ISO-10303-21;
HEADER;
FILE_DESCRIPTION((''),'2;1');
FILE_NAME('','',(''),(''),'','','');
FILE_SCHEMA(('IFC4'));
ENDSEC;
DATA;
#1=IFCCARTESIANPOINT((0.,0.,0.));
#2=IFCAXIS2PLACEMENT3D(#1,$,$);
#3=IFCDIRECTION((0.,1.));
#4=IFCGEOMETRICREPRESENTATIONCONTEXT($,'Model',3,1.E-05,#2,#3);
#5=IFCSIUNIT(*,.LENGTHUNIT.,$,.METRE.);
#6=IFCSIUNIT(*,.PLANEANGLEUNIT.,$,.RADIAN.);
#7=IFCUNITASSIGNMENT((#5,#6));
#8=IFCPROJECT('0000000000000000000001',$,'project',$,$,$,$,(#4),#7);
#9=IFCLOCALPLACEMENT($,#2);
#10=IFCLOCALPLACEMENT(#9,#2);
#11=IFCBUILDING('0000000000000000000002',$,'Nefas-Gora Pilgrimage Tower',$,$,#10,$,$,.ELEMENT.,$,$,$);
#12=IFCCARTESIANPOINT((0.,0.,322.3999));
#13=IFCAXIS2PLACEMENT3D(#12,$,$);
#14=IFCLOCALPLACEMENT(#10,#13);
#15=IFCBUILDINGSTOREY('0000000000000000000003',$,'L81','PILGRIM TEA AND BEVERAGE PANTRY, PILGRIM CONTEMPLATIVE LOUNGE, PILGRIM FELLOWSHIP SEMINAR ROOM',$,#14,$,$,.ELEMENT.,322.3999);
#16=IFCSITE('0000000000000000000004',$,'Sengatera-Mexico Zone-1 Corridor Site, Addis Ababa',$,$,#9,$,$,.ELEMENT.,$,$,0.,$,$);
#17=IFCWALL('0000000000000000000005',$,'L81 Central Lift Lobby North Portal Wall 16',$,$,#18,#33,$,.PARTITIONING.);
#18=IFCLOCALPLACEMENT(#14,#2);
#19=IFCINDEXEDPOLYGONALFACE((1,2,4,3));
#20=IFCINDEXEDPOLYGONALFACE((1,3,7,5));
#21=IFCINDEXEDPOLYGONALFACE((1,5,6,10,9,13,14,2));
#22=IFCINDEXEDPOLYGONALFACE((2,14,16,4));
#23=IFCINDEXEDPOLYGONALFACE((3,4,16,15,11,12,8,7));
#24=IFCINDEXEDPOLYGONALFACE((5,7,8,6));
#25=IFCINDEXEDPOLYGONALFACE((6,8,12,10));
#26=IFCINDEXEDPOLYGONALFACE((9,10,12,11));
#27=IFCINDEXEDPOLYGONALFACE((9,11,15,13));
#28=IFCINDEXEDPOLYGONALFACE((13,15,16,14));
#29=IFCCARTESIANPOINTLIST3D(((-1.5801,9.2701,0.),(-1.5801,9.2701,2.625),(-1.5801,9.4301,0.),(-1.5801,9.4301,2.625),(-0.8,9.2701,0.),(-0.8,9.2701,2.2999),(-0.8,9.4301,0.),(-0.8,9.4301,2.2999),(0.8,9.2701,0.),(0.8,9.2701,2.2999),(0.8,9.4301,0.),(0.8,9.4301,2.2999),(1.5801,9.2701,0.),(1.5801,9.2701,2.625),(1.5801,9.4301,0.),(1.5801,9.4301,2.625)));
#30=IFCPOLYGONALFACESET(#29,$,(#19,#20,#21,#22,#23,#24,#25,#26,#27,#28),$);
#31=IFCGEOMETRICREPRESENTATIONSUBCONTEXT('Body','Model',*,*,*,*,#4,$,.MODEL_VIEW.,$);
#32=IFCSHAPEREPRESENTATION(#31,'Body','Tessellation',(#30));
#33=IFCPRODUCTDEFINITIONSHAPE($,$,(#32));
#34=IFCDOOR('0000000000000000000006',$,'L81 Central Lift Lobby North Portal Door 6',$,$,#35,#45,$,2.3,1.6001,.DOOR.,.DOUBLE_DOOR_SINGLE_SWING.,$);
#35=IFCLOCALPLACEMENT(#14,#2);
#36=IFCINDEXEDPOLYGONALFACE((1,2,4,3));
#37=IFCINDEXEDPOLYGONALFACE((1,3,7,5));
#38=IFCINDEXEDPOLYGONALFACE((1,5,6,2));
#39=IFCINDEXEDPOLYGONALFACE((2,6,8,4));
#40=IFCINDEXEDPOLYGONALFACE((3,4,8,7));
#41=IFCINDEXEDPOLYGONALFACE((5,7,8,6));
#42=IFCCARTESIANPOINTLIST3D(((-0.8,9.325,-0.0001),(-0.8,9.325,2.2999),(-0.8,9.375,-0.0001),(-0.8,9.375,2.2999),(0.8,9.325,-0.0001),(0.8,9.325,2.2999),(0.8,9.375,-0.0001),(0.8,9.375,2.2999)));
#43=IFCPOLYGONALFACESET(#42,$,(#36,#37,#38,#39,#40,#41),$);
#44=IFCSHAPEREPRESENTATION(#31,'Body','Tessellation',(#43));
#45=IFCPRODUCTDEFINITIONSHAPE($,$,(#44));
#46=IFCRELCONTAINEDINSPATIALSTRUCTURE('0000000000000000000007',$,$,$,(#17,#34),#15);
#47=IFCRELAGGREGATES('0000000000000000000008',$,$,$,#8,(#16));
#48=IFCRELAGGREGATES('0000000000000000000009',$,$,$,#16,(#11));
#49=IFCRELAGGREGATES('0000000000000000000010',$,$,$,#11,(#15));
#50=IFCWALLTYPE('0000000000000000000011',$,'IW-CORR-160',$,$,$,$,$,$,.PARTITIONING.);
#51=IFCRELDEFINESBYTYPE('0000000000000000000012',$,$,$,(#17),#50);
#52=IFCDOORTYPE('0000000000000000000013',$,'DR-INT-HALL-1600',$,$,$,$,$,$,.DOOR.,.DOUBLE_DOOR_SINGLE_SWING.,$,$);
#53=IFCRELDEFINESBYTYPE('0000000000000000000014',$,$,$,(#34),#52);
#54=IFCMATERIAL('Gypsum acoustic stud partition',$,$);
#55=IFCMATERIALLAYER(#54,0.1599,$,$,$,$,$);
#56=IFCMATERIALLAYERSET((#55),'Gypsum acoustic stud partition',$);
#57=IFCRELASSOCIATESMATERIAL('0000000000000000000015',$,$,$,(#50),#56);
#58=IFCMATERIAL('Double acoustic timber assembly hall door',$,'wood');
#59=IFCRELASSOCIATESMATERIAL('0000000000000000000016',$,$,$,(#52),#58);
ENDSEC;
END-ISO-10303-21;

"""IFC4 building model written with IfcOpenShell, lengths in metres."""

from ifc_helpers import new_model, si_unit, direction, frame, frame_2d, origin, place, context, subcontext, project, spatial, rectangle, extrude, source, transform, mapped, material, layer, layer_set, type_object, element, fill, save


model = new_model("IFC4")

# Units and contexts
model_context = context("Model", 3, precision=1e-05, world=origin(), true_north=direction((0.0, 1.0)))
body_context = subcontext(model_context, "Body", "Model", "MODEL_VIEW")
ifc_project = project(units=[si_unit("LENGTHUNIT", "METRE"), si_unit("PLANEANGLEUNIT", "RADIAN")], contexts=[model_context])

# Site, building, storey
site_placement = place(None, origin())
site = spatial("IfcSite", under=ifc_project, at=site_placement, Name="Sengatera-Mexico Zone-1 Corridor Site, Addis Ababa", CompositionType="ELEMENT", RefElevation=0.0)
building_placement = place(site_placement, origin())
building = spatial("IfcBuilding", under=site, at=building_placement, Name="Nefas-Gora Pilgrimage Tower", CompositionType="ELEMENT")
storey_placement = place(building_placement, frame((0.0, 0.0, 322.3999)))
storey = spatial("IfcBuildingStorey", under=building, at=storey_placement, Name="L81", Description="PILGRIM TEA AND BEVERAGE PANTRY, PILGRIM CONTEMPLATIVE LOUNGE, PILGRIM FELLOWSHIP SEMINAR ROOM", CompositionType="ELEMENT", Elevation=322.3999)

# Shared definitions
ifc_material_1 = material(Name="Gypsum acoustic stud partition")
ifc_layer_1 = layer(ifc_material_1, 0.1599)
ifc_layer_set_1 = layer_set([ifc_layer_1], Name="Gypsum acoustic stud partition")
wall_type_1 = type_object("IfcWallType", Name="IW-CORR-160", PredefinedType="PARTITIONING", material=ifc_layer_set_1)

# Wall, opening, door
shared_shape_1 = source(origin(), body_context, "Body", "SweptSolid", [
    extrude(rectangle(XDim=3.1602, YDim=0.1599, at=frame_2d((1.5801, 0.0))), origin(), (0.0, 0.0, 1.0), 2.625),
])
wall_1_placement = place(storey_placement, frame((-1.5801, 9.3501, 0.0), z_axis=(0.0, 0.0, 1.0), x_axis=(1.0, 0.0, 0.0)))
wall_1 = element("IfcWall", 1, at=wall_1_placement, inside=storey, type_object=wall_type_1, Name="L81 Central Lift Lobby North Portal Wall 16", PredefinedType="PARTITIONING", context=body_context, shape_type="MappedRepresentation", body=[
    mapped(shared_shape_1, transform((0.0, 0.0, 0.0), x_axis=(1.0, 0.0, 0.0), y_axis=(0.0, 1.0, 0.0), z_axis=(0.0, 0.0, 1.0), scale=1.0)),
])
opening_1_placement = place(wall_1_placement, frame((0.78, 0.0, 0.0)))
opening_1 = element("IfcOpeningElement", 2, at=opening_1_placement, cuts=wall_1, PredefinedType="OPENING", context=body_context, shape_type="SweptSolid", body=[
    extrude(rectangle(XDim=1.6001, YDim=2.3, at=frame_2d((0.8, 1.1499))), frame((0.0, 0.0898, 0.0), z_axis=(0.0, -1.0, 0.0), x_axis=(1.0, 0.0, 0.0)), (0.0, 0.0, 1.0), 0.1799),
])
ifc_material_2 = material(Name="Double acoustic timber assembly hall door", Category="wood")
door_type_1 = type_object("IfcDoorType", Name="DR-INT-HALL-1600", OperationType="DOUBLE_DOOR_SINGLE_SWING", PredefinedType="DOOR", material=ifc_material_2)
shared_shape_2 = source(origin(), body_context, "Body", "SweptSolid", [
    extrude(rectangle(XDim=1.6001, YDim=2.3, at=frame_2d((0.8, 1.1499))), frame((0.0, 0.0249, 0.0), z_axis=(0.0, -1.0, 0.0), x_axis=(1.0, 0.0, 0.0)), (0.0, 0.0, 1.0), 0.05),
])
door_1_placement = place(opening_1_placement, origin())
door_1 = element("IfcDoor", 3, at=door_1_placement, inside=storey, type_object=door_type_1, Name="L81 Central Lift Lobby North Portal Door 6", OperationType="DOUBLE_DOOR_SINGLE_SWING", OverallHeight=2.3, OverallWidth=1.6001, PredefinedType="DOOR", context=body_context, shape_type="MappedRepresentation", body=[
    mapped(shared_shape_2, transform((0.0, 0.0, 0.0), x_axis=(1.0, 0.0, 0.0), y_axis=(0.0, 1.0, 0.0), z_axis=(0.0, 0.0, 1.0), scale=1.0)),
])
fill(opening_1, door_1)

save(model, "model.ifc")
